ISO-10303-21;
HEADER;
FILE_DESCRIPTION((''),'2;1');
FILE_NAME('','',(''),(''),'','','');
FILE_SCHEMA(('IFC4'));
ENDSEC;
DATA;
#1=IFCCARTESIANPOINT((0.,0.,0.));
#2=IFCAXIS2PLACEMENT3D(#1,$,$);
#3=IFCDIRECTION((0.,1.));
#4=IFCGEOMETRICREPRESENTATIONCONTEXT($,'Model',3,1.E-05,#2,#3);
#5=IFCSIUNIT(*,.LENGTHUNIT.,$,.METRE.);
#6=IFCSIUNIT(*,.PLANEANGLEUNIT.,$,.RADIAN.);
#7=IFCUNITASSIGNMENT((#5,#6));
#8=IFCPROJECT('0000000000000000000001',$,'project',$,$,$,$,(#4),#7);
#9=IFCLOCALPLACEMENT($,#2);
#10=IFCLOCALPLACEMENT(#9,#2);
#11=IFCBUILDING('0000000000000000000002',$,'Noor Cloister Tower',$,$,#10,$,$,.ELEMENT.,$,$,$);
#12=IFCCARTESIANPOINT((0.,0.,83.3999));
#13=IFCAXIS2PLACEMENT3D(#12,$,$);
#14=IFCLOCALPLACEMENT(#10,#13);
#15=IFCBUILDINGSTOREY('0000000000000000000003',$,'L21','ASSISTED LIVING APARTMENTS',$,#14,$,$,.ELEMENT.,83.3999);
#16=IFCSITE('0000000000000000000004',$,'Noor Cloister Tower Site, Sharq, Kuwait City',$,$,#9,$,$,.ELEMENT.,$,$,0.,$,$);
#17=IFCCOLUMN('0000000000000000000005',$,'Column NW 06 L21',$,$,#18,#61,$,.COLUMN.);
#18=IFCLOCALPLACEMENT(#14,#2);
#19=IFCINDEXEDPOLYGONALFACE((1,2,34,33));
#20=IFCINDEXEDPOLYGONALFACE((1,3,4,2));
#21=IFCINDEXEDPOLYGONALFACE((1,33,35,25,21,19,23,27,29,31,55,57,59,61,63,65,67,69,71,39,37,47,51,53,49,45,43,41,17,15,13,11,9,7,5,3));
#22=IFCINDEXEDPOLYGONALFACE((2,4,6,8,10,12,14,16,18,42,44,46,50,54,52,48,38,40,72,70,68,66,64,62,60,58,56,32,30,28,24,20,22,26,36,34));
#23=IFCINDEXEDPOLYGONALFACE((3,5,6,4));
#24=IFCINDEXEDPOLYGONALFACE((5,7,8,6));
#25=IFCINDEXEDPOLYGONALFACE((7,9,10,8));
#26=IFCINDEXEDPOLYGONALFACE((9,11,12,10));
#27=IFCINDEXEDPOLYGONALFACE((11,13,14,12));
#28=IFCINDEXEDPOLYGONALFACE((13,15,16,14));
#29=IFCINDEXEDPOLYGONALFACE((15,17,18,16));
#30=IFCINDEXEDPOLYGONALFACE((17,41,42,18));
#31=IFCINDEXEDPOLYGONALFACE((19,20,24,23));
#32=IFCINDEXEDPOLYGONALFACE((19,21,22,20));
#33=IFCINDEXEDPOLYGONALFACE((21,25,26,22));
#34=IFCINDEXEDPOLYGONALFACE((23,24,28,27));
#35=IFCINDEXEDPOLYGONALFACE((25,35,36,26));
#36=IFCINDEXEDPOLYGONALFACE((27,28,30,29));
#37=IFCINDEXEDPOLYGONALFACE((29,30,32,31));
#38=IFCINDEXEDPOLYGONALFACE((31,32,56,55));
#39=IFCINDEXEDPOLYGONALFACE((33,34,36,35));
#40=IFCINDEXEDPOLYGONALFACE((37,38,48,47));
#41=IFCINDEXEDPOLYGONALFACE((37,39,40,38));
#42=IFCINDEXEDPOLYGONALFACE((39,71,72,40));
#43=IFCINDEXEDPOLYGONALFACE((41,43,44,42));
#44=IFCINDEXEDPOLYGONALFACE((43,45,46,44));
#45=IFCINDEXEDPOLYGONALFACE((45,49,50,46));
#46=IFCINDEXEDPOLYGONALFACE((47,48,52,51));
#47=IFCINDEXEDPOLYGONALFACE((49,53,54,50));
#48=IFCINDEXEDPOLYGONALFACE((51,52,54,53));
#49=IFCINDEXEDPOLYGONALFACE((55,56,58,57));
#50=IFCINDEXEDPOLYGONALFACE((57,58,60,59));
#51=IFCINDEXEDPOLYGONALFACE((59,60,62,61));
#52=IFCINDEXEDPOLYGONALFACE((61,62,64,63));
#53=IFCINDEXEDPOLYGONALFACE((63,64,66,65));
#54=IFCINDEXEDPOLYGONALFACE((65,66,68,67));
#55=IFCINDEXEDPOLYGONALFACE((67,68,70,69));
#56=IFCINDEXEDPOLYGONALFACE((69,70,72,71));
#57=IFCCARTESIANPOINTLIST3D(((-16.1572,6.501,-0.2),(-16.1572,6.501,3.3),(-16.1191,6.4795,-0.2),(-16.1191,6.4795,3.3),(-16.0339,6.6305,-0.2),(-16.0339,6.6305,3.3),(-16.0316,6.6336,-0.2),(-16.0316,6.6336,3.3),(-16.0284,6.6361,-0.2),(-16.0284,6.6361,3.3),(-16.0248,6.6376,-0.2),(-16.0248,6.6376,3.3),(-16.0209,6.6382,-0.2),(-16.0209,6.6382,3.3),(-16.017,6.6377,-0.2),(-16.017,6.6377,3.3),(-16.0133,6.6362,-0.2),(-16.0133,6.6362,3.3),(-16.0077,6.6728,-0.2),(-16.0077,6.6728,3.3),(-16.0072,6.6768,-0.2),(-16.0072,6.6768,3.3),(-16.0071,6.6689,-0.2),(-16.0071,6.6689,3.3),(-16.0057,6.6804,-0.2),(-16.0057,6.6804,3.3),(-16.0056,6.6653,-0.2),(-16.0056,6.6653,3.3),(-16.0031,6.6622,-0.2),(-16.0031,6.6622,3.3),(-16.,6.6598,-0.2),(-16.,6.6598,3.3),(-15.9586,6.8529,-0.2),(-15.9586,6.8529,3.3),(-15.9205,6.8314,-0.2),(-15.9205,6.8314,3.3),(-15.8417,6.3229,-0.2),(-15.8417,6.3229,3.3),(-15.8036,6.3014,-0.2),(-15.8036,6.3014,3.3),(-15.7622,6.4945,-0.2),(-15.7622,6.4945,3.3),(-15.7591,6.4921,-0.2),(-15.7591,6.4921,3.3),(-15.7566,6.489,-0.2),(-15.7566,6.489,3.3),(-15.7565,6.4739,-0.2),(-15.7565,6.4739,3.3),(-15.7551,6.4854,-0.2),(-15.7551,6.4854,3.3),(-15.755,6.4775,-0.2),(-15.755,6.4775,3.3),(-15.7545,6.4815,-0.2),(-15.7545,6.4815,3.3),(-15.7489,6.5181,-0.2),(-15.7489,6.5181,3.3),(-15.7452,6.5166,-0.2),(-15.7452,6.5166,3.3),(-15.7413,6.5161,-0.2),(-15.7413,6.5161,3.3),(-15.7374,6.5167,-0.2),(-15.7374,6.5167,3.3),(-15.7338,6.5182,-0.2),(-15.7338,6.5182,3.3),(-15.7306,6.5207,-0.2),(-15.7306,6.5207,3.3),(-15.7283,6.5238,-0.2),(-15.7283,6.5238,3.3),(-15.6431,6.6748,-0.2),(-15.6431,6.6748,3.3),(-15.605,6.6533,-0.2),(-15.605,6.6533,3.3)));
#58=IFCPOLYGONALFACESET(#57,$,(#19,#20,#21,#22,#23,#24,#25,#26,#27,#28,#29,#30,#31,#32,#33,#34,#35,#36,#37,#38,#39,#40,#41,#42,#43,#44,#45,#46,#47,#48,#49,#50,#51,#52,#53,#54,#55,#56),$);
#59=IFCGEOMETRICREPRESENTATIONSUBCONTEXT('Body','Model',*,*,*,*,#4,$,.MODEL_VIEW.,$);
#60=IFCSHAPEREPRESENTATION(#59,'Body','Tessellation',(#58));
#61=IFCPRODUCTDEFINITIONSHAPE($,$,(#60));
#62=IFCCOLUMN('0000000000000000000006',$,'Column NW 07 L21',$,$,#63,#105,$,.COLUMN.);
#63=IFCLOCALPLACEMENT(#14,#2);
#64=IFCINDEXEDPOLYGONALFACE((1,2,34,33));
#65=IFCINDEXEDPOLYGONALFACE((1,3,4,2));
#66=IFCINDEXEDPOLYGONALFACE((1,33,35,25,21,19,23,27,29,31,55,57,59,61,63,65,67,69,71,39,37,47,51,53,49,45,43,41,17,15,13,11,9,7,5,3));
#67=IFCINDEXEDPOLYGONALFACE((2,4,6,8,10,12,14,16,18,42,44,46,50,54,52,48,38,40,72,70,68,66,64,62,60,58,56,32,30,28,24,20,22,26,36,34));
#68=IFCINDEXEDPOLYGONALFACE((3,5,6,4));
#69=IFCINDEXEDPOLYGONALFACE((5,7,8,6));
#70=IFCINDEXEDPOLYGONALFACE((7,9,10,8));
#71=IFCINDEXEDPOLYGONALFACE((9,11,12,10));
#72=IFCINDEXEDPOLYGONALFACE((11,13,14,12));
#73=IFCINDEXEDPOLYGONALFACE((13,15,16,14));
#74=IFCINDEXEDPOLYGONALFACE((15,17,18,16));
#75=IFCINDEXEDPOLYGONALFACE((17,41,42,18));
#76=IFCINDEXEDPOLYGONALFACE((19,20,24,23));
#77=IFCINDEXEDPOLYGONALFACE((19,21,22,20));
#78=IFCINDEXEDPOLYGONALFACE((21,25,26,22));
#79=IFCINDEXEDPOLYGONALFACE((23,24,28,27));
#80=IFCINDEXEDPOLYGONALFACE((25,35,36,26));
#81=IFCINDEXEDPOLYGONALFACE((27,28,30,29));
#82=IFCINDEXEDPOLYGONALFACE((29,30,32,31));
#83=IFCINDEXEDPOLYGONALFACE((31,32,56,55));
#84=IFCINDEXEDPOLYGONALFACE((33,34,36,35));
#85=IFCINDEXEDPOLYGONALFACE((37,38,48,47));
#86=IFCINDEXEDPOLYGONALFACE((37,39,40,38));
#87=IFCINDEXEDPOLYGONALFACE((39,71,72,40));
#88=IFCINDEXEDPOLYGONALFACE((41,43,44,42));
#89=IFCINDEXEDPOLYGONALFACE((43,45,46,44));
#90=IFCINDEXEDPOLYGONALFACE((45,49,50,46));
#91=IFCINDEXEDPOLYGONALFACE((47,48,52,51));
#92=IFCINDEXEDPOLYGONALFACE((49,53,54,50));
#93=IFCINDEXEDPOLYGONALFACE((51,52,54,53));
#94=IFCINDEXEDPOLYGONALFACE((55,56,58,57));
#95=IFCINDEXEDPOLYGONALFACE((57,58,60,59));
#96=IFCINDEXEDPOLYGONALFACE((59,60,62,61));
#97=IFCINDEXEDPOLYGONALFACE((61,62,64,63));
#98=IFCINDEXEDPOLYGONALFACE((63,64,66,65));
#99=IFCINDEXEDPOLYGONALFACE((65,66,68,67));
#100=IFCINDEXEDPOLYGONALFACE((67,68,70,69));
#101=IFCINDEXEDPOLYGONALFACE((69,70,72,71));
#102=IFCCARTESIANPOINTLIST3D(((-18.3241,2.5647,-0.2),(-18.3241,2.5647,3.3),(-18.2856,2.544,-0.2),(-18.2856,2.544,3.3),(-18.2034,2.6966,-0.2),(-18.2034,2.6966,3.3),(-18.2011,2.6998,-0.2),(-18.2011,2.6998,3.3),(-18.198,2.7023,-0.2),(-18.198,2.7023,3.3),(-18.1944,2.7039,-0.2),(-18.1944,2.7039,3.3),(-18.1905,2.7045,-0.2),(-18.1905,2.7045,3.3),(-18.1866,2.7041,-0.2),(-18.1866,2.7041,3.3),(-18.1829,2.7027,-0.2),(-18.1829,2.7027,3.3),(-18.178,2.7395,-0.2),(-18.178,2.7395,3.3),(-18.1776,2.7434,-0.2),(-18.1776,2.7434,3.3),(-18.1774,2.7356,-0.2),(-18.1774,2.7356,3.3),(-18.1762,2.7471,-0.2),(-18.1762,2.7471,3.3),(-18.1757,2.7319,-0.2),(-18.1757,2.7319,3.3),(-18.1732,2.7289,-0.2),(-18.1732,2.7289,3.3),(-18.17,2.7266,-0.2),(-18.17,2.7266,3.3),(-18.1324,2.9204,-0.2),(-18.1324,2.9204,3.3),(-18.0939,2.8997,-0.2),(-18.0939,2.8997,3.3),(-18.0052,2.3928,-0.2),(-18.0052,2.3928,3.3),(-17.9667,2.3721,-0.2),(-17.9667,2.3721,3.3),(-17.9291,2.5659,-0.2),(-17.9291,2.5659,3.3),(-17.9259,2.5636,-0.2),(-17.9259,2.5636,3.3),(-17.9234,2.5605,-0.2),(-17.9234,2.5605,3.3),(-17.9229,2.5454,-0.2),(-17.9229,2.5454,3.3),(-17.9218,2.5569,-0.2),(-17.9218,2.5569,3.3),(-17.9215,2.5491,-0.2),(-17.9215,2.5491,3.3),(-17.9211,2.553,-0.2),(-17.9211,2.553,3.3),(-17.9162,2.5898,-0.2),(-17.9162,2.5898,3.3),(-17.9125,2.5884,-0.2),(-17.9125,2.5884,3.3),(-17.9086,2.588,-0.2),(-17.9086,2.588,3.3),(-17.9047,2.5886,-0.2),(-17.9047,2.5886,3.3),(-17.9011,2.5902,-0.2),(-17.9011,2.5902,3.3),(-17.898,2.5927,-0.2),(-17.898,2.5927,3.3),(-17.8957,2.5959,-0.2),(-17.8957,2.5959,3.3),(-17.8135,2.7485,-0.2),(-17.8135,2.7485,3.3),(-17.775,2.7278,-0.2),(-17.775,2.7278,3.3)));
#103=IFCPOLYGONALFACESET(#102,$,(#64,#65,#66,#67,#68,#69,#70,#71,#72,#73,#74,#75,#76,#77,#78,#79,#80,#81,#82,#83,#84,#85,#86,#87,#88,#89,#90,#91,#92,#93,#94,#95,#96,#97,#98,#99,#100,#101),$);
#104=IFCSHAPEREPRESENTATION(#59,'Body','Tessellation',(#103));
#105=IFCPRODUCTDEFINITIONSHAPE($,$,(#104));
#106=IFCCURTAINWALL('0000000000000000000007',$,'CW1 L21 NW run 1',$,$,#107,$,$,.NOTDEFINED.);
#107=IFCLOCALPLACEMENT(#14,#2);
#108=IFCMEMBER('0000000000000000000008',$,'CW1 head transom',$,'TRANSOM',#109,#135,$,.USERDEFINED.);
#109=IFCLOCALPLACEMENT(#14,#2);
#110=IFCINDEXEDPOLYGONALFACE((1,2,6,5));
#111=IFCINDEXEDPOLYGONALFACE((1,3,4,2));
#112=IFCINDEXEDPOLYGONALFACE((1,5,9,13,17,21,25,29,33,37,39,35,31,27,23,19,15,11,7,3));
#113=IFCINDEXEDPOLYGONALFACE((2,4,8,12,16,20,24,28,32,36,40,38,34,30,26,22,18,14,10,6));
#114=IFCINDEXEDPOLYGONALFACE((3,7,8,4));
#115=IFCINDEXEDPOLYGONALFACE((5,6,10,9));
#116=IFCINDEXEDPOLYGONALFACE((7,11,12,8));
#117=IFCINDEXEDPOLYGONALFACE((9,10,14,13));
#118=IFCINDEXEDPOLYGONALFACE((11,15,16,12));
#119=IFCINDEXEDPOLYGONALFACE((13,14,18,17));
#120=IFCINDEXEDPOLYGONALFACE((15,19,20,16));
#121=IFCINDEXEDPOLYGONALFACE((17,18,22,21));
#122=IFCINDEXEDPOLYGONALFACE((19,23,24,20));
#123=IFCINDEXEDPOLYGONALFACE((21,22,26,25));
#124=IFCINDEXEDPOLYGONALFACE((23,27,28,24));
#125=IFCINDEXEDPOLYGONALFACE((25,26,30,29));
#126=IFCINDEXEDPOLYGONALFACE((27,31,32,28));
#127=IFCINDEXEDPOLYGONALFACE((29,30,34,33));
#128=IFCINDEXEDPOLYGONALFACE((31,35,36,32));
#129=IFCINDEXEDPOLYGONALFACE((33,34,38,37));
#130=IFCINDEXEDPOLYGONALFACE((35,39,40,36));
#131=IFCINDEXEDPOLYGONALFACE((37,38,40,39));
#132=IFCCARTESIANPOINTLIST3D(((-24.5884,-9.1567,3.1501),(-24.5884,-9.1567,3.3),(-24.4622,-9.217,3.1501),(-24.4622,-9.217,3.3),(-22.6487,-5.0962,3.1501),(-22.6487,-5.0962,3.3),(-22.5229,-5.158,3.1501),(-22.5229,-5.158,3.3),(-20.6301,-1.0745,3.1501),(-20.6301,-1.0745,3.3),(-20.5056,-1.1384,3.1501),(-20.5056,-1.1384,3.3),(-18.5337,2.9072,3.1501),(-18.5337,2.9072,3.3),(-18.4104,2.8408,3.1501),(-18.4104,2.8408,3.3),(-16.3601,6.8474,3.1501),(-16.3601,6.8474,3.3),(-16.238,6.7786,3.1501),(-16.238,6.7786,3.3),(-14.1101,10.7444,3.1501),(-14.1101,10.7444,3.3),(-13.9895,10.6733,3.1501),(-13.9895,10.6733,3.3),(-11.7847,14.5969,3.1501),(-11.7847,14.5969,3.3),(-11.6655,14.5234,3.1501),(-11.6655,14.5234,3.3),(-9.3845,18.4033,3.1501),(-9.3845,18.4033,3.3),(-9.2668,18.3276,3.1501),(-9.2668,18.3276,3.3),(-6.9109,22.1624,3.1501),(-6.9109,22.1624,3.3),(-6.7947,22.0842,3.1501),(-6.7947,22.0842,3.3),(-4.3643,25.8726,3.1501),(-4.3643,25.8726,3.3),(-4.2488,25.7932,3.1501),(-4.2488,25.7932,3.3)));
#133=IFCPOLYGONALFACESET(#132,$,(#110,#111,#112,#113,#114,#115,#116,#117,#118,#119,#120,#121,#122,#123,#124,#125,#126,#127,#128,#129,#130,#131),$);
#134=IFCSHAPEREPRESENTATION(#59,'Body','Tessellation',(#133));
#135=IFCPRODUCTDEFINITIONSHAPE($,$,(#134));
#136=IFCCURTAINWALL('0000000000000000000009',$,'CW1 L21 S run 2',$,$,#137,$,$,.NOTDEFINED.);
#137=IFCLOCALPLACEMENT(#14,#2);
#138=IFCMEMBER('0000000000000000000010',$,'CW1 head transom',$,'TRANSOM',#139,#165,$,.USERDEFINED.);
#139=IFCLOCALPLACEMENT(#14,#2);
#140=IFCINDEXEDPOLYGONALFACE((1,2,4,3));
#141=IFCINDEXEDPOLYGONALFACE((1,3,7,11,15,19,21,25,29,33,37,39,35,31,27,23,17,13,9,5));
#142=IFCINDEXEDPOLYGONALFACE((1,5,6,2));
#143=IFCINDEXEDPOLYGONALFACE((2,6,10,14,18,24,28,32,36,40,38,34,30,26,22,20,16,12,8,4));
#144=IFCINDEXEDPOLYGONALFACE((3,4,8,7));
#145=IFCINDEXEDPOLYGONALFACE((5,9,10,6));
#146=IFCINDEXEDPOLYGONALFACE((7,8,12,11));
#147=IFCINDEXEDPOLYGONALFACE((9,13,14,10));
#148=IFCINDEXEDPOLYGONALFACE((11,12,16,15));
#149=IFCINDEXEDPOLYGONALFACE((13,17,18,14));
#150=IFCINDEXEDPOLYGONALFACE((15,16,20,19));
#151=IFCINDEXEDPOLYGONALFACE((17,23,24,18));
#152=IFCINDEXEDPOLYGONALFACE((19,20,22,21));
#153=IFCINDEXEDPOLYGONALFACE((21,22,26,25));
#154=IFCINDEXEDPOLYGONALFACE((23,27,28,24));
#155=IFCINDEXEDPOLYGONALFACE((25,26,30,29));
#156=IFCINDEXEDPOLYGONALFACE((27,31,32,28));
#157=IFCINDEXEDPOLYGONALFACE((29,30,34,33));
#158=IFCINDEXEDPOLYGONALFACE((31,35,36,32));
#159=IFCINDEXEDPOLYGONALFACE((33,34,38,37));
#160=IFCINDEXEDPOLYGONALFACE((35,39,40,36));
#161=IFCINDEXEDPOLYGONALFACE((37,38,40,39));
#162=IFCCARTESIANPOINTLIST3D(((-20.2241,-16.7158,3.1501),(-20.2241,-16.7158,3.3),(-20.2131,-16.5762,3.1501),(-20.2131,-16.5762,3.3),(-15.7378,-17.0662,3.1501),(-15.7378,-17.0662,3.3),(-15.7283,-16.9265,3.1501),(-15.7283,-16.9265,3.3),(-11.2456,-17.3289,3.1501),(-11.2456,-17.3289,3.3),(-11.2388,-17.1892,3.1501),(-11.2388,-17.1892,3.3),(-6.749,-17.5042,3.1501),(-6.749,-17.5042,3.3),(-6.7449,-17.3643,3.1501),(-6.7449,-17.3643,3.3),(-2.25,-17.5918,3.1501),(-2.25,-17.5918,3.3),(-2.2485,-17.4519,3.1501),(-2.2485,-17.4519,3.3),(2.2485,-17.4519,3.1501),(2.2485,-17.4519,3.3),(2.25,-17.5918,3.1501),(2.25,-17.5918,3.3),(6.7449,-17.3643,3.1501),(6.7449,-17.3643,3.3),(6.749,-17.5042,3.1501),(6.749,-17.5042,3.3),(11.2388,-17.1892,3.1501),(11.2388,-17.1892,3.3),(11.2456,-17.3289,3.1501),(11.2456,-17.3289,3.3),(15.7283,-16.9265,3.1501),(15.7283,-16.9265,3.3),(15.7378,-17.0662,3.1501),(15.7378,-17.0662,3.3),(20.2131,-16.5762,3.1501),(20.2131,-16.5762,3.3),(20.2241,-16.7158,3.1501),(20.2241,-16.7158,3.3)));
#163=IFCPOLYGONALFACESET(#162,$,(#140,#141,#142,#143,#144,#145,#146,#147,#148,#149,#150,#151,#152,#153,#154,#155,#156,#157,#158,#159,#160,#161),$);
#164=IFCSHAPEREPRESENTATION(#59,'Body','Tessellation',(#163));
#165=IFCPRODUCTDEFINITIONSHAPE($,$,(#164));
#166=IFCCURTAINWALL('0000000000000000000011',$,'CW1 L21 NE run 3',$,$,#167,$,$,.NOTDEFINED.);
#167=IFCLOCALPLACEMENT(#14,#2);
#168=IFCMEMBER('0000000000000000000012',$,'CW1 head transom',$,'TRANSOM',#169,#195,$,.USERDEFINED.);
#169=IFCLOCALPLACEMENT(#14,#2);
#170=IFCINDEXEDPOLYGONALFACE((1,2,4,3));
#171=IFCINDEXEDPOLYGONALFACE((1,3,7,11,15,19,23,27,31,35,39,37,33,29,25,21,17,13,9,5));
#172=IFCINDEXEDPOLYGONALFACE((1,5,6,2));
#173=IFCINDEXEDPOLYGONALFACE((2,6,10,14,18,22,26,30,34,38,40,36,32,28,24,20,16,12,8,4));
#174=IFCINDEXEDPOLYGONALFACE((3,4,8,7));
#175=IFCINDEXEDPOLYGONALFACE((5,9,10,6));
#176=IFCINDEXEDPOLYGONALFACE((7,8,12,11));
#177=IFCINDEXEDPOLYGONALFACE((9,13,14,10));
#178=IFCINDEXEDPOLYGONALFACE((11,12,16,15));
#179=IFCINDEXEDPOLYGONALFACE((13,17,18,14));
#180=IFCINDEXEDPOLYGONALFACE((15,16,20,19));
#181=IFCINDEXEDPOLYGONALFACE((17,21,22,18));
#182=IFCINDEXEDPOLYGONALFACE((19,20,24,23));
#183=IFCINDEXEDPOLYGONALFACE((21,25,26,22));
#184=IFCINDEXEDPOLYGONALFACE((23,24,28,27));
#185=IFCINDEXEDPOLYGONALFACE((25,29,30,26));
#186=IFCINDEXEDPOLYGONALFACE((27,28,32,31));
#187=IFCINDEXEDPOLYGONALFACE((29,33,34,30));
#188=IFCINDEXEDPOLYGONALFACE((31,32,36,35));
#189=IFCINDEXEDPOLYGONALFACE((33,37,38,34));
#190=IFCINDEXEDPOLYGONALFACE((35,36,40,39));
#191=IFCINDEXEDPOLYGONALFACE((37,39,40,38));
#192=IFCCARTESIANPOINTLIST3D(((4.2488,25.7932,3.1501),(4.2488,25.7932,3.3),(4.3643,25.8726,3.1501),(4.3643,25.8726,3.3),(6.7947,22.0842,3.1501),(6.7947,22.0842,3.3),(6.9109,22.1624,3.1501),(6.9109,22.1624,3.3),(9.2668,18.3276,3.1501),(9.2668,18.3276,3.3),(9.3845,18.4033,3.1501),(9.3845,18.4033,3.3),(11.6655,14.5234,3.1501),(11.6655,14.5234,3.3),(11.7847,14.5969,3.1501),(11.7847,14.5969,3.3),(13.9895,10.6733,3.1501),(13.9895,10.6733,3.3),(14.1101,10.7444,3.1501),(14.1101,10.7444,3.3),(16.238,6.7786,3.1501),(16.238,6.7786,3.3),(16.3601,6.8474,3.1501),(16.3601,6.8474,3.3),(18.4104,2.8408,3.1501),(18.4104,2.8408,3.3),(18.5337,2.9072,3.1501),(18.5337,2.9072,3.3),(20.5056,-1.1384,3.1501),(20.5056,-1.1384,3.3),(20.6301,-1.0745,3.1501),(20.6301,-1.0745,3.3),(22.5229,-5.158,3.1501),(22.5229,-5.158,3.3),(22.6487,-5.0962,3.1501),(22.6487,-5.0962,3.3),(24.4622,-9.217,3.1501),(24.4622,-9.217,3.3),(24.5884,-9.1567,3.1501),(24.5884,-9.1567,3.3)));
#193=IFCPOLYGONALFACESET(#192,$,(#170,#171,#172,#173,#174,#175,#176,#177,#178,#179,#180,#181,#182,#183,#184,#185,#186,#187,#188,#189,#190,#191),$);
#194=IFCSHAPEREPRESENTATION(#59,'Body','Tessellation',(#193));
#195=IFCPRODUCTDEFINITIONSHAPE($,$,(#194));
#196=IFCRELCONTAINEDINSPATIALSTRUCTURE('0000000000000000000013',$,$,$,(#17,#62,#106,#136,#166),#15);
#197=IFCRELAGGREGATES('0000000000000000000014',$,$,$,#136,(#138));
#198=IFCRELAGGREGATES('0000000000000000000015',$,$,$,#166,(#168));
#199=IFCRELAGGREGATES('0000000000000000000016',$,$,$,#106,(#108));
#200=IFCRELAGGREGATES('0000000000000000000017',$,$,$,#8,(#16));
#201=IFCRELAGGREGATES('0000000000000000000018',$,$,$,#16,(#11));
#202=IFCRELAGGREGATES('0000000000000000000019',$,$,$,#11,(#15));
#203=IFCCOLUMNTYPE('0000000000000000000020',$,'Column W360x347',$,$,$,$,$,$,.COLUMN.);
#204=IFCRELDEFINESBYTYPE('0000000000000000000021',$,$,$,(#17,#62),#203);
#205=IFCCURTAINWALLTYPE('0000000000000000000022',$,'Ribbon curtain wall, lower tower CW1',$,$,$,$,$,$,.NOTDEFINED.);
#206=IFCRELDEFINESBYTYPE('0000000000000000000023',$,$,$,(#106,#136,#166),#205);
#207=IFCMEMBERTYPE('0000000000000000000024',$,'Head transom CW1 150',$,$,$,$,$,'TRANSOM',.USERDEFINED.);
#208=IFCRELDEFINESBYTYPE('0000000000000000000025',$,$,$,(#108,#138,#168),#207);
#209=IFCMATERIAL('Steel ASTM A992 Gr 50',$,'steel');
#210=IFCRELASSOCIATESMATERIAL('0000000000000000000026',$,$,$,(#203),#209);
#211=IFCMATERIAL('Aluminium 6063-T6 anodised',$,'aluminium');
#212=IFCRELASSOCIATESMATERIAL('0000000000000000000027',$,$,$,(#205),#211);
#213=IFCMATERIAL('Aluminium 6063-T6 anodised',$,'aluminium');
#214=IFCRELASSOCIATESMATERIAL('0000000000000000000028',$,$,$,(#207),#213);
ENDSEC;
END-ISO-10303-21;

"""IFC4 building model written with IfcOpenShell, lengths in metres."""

from ifc_helpers import new_model, si_unit, direction, frame, origin, origin_2d, place, context, subcontext, project, spatial, polyline, i_section, outline, extrude, material, material_profile, profile_set, type_object, element, aggregate, save


model = new_model("IFC4")

# Units and contexts
model_context = context("Model", 3, precision=1e-05, world=origin(), true_north=direction((0.0, 1.0)))
body_context = subcontext(model_context, "Body", "Model", "MODEL_VIEW")
ifc_project = project(units=[si_unit("LENGTHUNIT", "METRE"), si_unit("PLANEANGLEUNIT", "RADIAN")], contexts=[model_context])

# Site, building, storey
site_placement = place(None, origin())
site = spatial("IfcSite", under=ifc_project, at=site_placement, Name="Noor Cloister Tower Site, Sharq, Kuwait City", CompositionType="ELEMENT", RefElevation=0.0)
building_placement = place(site_placement, origin())
building = spatial("IfcBuilding", under=site, at=building_placement, Name="Noor Cloister Tower", CompositionType="ELEMENT")
storey_placement = place(building_placement, frame((0.0, 0.0, 83.3999)))
storey = spatial("IfcBuildingStorey", under=building, at=storey_placement, Name="L21", Description="ASSISTED LIVING APARTMENTS", CompositionType="ELEMENT", Elevation=83.3999)

# Columns
ifc_material_1 = material(Name="Steel ASTM A992 Gr 50", Category="steel")
ifc_material_profile_1 = material_profile(ifc_material_1, i_section(OverallWidth=0.4041, OverallDepth=0.406, WebThickness=0.0271, FlangeThickness=0.0437, FilletRadius=0.0151, at=origin_2d()), Name="W360x347")
ifc_profile_set_1 = profile_set([ifc_material_profile_1], Name="Steel ASTM A992 Gr 50")
column_type = type_object("IfcColumnType", Name="Column W360x347", PredefinedType="COLUMN", material=ifc_profile_set_1)
for number, where, z_axis, x_axis, name in (
    (1, (-15.8811, 6.5771, -0.2), (0.0, 0.0, 1.0), (-0.491541, -0.870854, 0.0), "Column NW 06 L21"),
    (2, (-18.0496, 2.6462, -0.2), (0.0, 0.0, 1.0), (-0.474485, -0.880264, 0.0), "Column NW 07 L21"),
):
    element("IfcColumn", number, at=place(storey_placement, frame(where, z_axis=z_axis, x_axis=x_axis)), inside=storey, type_object=column_type, Name=name, PredefinedType="COLUMN", context=body_context, shape_type="SweptSolid", body=[
        extrude(i_section(OverallWidth=0.4041, OverallDepth=0.406, WebThickness=0.0271, FlangeThickness=0.0437, FilletRadius=0.0151, at=origin_2d()), origin(), (0.0, 0.0, 1.0), 3.5),
    ])

# Curtain walls, members
ifc_material_2 = material(Name="Aluminium 6063-T6 anodised", Category="aluminium")
curtain_wall_type = type_object("IfcCurtainWallType", Name="Ribbon curtain wall, lower tower CW1", PredefinedType="NOTDEFINED", material=ifc_material_2)
curtain_wall_1_placement = place(storey_placement, origin())
curtain_wall_1 = element("IfcCurtainWall", 3, at=curtain_wall_1_placement, inside=storey, type_object=curtain_wall_type, Name="CW1 L21 NW run 1", PredefinedType="NOTDEFINED")
ifc_material_3 = material(Name="Aluminium 6063-T6 anodised", Category="aluminium")
member_type_1 = type_object("IfcMemberType", Name="Head transom CW1 150", ElementType="TRANSOM", PredefinedType="USERDEFINED", material=ifc_material_3)
member_1_placement = place(storey_placement, frame((0.0, 0.0, 3.1501)))
member_1 = element("IfcMember", 4, at=member_1_placement, type_object=member_type_1, Name="CW1 head transom", ObjectType="TRANSOM", PredefinedType="USERDEFINED", context=body_context, shape_type="SweptSolid", body=[
    extrude(outline(polyline([(-4.3643, 25.8726), (-6.9109, 22.1624), (-9.3845, 18.4033), (-11.7847, 14.5969), (-14.1101, 10.7444), (-16.3601, 6.8474), (-18.5337, 2.9072), (-20.6301, -1.0745), (-22.6487, -5.0962), (-24.5884, -9.1567), (-24.4622, -9.217), (-22.5229, -5.158), (-20.5056, -1.1384), (-18.4104, 2.8408), (-16.238, 6.7786), (-13.9895, 10.6733), (-11.6655, 14.5234), (-9.2668, 18.3276), (-6.7947, 22.0842), (-4.2488, 25.7932), (-4.3643, 25.8726)])), origin(), (0.0, 0.0, 1.0), 0.1499),
])
curtain_wall_2_placement = place(storey_placement, origin())
curtain_wall_2 = element("IfcCurtainWall", 5, at=curtain_wall_2_placement, inside=storey, type_object=curtain_wall_type, Name="CW1 L21 S run 2", PredefinedType="NOTDEFINED")
member_2_placement = place(storey_placement, frame((0.0, 0.0, 3.1501)))
member_2 = element("IfcMember", 6, at=member_2_placement, type_object=member_type_1, Name="CW1 head transom", ObjectType="TRANSOM", PredefinedType="USERDEFINED", context=body_context, shape_type="SweptSolid", body=[
    extrude(outline(polyline([(-20.2241, -16.7158), (-15.7378, -17.0662), (-11.2456, -17.3289), (-6.749, -17.5042), (-2.25, -17.5918), (2.25, -17.5918), (6.749, -17.5042), (11.2456, -17.3289), (15.7378, -17.0662), (20.2241, -16.7158), (20.2131, -16.5762), (15.7283, -16.9265), (11.2388, -17.1892), (6.7449, -17.3643), (2.2485, -17.4519), (-2.2485, -17.4519), (-6.7449, -17.3643), (-11.2388, -17.1892), (-15.7283, -16.9265), (-20.2131, -16.5762), (-20.2241, -16.7158)])), origin(), (0.0, 0.0, 1.0), 0.1499),
])
curtain_wall_3_placement = place(storey_placement, origin())
curtain_wall_3 = element("IfcCurtainWall", 7, at=curtain_wall_3_placement, inside=storey, type_object=curtain_wall_type, Name="CW1 L21 NE run 3", PredefinedType="NOTDEFINED")
member_3_placement = place(storey_placement, frame((0.0, 0.0, 3.1501)))
member_3 = element("IfcMember", 8, at=member_3_placement, type_object=member_type_1, Name="CW1 head transom", ObjectType="TRANSOM", PredefinedType="USERDEFINED", context=body_context, shape_type="SweptSolid", body=[
    extrude(outline(polyline([(24.5884, -9.1567), (22.6487, -5.0962), (20.6301, -1.0745), (18.5337, 2.9072), (16.3601, 6.8474), (14.1101, 10.7444), (11.7847, 14.5969), (9.3845, 18.4033), (6.9109, 22.1624), (4.3643, 25.8726), (4.2488, 25.7932), (6.7947, 22.0842), (9.2668, 18.3276), (11.6655, 14.5234), (13.9895, 10.6733), (16.238, 6.7786), (18.4104, 2.8408), (20.5056, -1.1384), (22.5229, -5.158), (24.4622, -9.217), (24.5884, -9.1567)])), origin(), (0.0, 0.0, 1.0), 0.1499),
])

aggregate(curtain_wall_2, [member_2])
aggregate(curtain_wall_3, [member_3])

aggregate(curtain_wall_1, [member_1])

save(model, "model.ifc")
